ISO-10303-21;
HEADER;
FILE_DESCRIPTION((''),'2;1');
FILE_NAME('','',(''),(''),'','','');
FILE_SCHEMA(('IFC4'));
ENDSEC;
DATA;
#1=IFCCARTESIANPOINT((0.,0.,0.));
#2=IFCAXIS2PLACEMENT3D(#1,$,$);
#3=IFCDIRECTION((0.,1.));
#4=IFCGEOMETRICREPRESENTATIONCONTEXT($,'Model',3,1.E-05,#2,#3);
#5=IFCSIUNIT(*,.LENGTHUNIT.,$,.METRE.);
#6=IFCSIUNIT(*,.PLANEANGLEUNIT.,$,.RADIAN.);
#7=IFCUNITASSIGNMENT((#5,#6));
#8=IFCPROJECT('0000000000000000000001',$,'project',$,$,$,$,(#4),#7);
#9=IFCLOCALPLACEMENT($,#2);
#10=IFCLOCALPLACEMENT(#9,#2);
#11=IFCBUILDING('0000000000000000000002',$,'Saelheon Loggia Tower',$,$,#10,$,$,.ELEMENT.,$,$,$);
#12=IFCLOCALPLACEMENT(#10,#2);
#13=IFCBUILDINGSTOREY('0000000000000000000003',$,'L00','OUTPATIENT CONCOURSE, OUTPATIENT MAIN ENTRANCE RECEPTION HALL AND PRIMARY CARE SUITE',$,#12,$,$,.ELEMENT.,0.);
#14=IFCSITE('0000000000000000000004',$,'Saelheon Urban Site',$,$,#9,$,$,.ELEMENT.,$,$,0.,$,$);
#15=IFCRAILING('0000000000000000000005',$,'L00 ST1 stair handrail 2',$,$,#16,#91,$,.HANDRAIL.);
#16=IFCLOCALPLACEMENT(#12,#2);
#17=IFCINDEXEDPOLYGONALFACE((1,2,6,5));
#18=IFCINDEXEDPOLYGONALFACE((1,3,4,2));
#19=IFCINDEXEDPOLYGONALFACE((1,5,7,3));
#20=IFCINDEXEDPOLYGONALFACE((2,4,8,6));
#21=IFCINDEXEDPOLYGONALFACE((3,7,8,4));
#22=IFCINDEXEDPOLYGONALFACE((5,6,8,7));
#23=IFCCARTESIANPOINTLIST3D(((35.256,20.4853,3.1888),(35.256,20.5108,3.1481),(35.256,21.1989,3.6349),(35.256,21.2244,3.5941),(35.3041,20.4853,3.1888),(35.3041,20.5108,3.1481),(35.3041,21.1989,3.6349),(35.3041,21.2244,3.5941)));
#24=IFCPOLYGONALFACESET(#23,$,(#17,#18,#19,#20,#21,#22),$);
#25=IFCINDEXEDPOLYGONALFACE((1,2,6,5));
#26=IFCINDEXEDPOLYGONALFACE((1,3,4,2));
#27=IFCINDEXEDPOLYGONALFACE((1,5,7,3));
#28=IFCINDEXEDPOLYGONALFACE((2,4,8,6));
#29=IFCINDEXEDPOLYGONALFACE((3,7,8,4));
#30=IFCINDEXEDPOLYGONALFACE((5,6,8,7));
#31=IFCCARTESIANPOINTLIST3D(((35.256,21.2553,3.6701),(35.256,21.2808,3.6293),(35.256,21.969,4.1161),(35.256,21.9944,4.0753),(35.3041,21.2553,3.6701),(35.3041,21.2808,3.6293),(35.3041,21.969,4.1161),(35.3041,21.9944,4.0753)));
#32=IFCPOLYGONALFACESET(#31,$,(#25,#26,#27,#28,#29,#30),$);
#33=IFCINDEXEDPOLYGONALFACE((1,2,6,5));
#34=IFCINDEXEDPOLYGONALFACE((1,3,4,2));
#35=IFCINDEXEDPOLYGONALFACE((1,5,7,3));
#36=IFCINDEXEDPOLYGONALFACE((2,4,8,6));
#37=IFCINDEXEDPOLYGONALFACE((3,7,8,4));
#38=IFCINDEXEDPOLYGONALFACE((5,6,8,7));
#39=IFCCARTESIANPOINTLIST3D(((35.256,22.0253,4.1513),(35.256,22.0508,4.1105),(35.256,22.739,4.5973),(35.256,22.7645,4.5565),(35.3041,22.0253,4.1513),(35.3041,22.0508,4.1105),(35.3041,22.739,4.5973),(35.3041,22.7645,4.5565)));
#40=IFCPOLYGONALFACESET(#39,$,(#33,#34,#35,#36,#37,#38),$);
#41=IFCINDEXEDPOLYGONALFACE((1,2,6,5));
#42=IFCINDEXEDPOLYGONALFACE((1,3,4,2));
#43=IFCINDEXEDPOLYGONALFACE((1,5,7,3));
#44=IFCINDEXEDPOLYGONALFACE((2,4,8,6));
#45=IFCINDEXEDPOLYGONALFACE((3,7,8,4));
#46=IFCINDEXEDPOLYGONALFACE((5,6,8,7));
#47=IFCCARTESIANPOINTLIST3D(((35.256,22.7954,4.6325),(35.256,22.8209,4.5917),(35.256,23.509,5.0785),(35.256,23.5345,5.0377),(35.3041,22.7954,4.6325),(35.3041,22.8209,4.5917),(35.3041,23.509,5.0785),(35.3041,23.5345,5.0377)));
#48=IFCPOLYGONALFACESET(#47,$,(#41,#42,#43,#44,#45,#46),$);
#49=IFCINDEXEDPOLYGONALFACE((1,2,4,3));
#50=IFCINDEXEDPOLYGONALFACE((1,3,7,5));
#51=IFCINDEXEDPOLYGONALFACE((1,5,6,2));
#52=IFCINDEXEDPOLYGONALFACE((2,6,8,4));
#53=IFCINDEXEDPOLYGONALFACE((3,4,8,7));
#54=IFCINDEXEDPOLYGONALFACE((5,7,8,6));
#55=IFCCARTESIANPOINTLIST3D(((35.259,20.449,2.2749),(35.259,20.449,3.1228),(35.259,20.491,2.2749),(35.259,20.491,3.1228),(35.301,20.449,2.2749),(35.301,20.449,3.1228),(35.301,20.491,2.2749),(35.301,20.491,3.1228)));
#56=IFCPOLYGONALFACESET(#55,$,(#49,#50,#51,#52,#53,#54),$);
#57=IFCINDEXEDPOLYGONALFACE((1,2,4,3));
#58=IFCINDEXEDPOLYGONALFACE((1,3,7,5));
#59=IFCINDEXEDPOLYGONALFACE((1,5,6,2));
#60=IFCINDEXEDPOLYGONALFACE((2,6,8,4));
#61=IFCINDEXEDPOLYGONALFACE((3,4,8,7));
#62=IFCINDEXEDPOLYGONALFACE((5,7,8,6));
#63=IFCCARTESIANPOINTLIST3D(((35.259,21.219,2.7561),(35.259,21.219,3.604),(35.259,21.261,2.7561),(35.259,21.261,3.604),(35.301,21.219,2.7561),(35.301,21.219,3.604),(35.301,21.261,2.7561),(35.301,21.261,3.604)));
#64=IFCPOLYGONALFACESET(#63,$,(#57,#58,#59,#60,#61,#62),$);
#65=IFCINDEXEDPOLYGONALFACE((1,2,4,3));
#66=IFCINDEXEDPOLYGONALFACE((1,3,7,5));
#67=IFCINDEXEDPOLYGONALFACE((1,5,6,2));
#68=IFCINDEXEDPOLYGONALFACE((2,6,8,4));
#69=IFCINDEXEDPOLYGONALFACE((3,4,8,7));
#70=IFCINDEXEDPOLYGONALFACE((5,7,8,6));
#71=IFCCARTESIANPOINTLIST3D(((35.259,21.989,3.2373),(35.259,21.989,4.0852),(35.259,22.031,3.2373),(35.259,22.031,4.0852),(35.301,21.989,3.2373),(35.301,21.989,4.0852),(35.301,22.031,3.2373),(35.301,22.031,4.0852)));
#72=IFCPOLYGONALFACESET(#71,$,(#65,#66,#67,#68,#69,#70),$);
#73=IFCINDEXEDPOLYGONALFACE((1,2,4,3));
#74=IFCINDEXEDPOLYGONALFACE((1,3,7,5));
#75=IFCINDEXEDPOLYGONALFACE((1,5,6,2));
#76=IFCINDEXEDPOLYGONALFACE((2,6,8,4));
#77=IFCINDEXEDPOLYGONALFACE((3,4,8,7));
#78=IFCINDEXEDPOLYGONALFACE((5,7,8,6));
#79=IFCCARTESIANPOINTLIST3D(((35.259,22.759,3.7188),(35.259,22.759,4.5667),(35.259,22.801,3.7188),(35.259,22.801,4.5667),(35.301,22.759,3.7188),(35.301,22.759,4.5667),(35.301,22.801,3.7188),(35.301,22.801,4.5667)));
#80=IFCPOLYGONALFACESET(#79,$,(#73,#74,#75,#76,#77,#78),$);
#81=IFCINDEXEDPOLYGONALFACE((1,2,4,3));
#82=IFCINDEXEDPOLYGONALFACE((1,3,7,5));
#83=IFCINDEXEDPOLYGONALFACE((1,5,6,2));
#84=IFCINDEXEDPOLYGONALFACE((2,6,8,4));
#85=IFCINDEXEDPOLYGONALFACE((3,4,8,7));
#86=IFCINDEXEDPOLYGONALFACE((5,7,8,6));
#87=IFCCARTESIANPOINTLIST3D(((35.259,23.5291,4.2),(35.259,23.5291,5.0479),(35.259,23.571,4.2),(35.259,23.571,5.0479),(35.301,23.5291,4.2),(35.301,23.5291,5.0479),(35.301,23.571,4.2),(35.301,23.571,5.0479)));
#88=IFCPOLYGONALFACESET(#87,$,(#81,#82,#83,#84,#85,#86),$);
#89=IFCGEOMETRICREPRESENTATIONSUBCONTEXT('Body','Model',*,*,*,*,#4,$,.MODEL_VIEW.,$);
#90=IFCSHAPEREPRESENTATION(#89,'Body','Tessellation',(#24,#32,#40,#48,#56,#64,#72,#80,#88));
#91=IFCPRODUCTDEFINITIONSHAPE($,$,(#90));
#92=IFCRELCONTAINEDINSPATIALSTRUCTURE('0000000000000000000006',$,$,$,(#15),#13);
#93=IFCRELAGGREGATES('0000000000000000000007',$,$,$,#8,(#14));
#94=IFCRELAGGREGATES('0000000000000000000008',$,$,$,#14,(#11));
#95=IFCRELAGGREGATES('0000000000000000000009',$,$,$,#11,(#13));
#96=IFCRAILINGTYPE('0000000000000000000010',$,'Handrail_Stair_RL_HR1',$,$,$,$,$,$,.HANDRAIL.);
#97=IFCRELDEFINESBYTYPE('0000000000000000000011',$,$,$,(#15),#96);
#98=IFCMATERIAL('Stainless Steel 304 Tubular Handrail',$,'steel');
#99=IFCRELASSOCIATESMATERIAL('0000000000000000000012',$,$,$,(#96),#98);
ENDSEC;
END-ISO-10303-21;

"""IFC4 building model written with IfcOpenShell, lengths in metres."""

from ifc_helpers import new_model, si_unit, direction, frame, origin, origin_2d, place, context, subcontext, project, spatial, rectangle, extrude, material, type_object, element, save


model = new_model("IFC4")

# Units and contexts
model_context = context("Model", 3, precision=1e-05, world=origin(), true_north=direction((0.0, 1.0)))
body_context = subcontext(model_context, "Body", "Model", "MODEL_VIEW")
ifc_project = project(units=[si_unit("LENGTHUNIT", "METRE"), si_unit("PLANEANGLEUNIT", "RADIAN")], contexts=[model_context])

# Site, building, storey
site_placement = place(None, origin())
site = spatial("IfcSite", under=ifc_project, at=site_placement, Name="Saelheon Urban Site", CompositionType="ELEMENT", RefElevation=0.0)
building_placement = place(site_placement, origin())
building = spatial("IfcBuilding", under=site, at=building_placement, Name="Saelheon Loggia Tower", CompositionType="ELEMENT")
storey_placement = place(building_placement, origin())
storey = spatial("IfcBuildingStorey", under=building, at=storey_placement, Name="L00", Description="OUTPATIENT CONCOURSE, OUTPATIENT MAIN ENTRANCE RECEPTION HALL AND PRIMARY CARE SUITE", CompositionType="ELEMENT", Elevation=0.0)

# Railing
ifc_material_1 = material(Name="Stainless Steel 304 Tubular Handrail", Category="steel")
railing_type_1 = type_object("IfcRailingType", Name="Handrail_Stair_RL_HR1", PredefinedType="HANDRAIL", material=ifc_material_1)
railing_1_placement = place(storey_placement, frame((35.28, 20.47, 2.2749)))
element("IfcRailing", 1, at=railing_1_placement, inside=storey, type_object=railing_type_1, Name="L00 ST1 stair handrail 2", PredefinedType="HANDRAIL", context=body_context, shape_type="SweptSolid", body=[
    extrude(rectangle(XDim=0.0481, YDim=0.0481, at=origin_2d()), frame((0.0, 0.0281, 0.8936), z_axis=(0.0, 0.847998, 0.529999), x_axis=(-1.0, 0.0, 0.0)), (0.0, 0.0, 1.0), 0.8416),
    extrude(rectangle(XDim=0.0481, YDim=0.0481, at=origin_2d()), frame((0.0, 0.7981, 1.3748), z_axis=(0.0, 0.847998, 0.529999), x_axis=(-1.0, 0.0, 0.0)), (0.0, 0.0, 1.0), 0.8416),
    extrude(rectangle(XDim=0.0481, YDim=0.0481, at=origin_2d()), frame((0.0, 1.5681, 1.856), z_axis=(0.0, 0.847998, 0.529999), x_axis=(-1.0, 0.0, 0.0)), (0.0, 0.0, 1.0), 0.8416),
    extrude(rectangle(XDim=0.0481, YDim=0.0481, at=origin_2d()), frame((0.0, 2.3381, 2.3372), z_axis=(0.0, 0.847998, 0.529999), x_axis=(-1.0, 0.0, 0.0)), (0.0, 0.0, 1.0), 0.8416),
    extrude(rectangle(XDim=0.042, YDim=0.042, at=origin_2d()), origin(), (0.0, 0.0, 1.0), 0.8479),
    extrude(rectangle(XDim=0.042, YDim=0.042, at=origin_2d()), frame((0.0, 0.77, 0.4812)), (0.0, 0.0, 1.0), 0.8479),
    extrude(rectangle(XDim=0.042, YDim=0.042, at=origin_2d()), frame((0.0, 1.54, 0.9624)), (0.0, 0.0, 1.0), 0.8479),
    extrude(rectangle(XDim=0.042, YDim=0.042, at=origin_2d()), frame((0.0, 2.3101, 1.4438)), (0.0, 0.0, 1.0), 0.8479),
    extrude(rectangle(XDim=0.042, YDim=0.042, at=origin_2d()), frame((0.0, 3.0801, 1.925)), (0.0, 0.0, 1.0), 0.8479),
])

save(model, "model.ifc")
